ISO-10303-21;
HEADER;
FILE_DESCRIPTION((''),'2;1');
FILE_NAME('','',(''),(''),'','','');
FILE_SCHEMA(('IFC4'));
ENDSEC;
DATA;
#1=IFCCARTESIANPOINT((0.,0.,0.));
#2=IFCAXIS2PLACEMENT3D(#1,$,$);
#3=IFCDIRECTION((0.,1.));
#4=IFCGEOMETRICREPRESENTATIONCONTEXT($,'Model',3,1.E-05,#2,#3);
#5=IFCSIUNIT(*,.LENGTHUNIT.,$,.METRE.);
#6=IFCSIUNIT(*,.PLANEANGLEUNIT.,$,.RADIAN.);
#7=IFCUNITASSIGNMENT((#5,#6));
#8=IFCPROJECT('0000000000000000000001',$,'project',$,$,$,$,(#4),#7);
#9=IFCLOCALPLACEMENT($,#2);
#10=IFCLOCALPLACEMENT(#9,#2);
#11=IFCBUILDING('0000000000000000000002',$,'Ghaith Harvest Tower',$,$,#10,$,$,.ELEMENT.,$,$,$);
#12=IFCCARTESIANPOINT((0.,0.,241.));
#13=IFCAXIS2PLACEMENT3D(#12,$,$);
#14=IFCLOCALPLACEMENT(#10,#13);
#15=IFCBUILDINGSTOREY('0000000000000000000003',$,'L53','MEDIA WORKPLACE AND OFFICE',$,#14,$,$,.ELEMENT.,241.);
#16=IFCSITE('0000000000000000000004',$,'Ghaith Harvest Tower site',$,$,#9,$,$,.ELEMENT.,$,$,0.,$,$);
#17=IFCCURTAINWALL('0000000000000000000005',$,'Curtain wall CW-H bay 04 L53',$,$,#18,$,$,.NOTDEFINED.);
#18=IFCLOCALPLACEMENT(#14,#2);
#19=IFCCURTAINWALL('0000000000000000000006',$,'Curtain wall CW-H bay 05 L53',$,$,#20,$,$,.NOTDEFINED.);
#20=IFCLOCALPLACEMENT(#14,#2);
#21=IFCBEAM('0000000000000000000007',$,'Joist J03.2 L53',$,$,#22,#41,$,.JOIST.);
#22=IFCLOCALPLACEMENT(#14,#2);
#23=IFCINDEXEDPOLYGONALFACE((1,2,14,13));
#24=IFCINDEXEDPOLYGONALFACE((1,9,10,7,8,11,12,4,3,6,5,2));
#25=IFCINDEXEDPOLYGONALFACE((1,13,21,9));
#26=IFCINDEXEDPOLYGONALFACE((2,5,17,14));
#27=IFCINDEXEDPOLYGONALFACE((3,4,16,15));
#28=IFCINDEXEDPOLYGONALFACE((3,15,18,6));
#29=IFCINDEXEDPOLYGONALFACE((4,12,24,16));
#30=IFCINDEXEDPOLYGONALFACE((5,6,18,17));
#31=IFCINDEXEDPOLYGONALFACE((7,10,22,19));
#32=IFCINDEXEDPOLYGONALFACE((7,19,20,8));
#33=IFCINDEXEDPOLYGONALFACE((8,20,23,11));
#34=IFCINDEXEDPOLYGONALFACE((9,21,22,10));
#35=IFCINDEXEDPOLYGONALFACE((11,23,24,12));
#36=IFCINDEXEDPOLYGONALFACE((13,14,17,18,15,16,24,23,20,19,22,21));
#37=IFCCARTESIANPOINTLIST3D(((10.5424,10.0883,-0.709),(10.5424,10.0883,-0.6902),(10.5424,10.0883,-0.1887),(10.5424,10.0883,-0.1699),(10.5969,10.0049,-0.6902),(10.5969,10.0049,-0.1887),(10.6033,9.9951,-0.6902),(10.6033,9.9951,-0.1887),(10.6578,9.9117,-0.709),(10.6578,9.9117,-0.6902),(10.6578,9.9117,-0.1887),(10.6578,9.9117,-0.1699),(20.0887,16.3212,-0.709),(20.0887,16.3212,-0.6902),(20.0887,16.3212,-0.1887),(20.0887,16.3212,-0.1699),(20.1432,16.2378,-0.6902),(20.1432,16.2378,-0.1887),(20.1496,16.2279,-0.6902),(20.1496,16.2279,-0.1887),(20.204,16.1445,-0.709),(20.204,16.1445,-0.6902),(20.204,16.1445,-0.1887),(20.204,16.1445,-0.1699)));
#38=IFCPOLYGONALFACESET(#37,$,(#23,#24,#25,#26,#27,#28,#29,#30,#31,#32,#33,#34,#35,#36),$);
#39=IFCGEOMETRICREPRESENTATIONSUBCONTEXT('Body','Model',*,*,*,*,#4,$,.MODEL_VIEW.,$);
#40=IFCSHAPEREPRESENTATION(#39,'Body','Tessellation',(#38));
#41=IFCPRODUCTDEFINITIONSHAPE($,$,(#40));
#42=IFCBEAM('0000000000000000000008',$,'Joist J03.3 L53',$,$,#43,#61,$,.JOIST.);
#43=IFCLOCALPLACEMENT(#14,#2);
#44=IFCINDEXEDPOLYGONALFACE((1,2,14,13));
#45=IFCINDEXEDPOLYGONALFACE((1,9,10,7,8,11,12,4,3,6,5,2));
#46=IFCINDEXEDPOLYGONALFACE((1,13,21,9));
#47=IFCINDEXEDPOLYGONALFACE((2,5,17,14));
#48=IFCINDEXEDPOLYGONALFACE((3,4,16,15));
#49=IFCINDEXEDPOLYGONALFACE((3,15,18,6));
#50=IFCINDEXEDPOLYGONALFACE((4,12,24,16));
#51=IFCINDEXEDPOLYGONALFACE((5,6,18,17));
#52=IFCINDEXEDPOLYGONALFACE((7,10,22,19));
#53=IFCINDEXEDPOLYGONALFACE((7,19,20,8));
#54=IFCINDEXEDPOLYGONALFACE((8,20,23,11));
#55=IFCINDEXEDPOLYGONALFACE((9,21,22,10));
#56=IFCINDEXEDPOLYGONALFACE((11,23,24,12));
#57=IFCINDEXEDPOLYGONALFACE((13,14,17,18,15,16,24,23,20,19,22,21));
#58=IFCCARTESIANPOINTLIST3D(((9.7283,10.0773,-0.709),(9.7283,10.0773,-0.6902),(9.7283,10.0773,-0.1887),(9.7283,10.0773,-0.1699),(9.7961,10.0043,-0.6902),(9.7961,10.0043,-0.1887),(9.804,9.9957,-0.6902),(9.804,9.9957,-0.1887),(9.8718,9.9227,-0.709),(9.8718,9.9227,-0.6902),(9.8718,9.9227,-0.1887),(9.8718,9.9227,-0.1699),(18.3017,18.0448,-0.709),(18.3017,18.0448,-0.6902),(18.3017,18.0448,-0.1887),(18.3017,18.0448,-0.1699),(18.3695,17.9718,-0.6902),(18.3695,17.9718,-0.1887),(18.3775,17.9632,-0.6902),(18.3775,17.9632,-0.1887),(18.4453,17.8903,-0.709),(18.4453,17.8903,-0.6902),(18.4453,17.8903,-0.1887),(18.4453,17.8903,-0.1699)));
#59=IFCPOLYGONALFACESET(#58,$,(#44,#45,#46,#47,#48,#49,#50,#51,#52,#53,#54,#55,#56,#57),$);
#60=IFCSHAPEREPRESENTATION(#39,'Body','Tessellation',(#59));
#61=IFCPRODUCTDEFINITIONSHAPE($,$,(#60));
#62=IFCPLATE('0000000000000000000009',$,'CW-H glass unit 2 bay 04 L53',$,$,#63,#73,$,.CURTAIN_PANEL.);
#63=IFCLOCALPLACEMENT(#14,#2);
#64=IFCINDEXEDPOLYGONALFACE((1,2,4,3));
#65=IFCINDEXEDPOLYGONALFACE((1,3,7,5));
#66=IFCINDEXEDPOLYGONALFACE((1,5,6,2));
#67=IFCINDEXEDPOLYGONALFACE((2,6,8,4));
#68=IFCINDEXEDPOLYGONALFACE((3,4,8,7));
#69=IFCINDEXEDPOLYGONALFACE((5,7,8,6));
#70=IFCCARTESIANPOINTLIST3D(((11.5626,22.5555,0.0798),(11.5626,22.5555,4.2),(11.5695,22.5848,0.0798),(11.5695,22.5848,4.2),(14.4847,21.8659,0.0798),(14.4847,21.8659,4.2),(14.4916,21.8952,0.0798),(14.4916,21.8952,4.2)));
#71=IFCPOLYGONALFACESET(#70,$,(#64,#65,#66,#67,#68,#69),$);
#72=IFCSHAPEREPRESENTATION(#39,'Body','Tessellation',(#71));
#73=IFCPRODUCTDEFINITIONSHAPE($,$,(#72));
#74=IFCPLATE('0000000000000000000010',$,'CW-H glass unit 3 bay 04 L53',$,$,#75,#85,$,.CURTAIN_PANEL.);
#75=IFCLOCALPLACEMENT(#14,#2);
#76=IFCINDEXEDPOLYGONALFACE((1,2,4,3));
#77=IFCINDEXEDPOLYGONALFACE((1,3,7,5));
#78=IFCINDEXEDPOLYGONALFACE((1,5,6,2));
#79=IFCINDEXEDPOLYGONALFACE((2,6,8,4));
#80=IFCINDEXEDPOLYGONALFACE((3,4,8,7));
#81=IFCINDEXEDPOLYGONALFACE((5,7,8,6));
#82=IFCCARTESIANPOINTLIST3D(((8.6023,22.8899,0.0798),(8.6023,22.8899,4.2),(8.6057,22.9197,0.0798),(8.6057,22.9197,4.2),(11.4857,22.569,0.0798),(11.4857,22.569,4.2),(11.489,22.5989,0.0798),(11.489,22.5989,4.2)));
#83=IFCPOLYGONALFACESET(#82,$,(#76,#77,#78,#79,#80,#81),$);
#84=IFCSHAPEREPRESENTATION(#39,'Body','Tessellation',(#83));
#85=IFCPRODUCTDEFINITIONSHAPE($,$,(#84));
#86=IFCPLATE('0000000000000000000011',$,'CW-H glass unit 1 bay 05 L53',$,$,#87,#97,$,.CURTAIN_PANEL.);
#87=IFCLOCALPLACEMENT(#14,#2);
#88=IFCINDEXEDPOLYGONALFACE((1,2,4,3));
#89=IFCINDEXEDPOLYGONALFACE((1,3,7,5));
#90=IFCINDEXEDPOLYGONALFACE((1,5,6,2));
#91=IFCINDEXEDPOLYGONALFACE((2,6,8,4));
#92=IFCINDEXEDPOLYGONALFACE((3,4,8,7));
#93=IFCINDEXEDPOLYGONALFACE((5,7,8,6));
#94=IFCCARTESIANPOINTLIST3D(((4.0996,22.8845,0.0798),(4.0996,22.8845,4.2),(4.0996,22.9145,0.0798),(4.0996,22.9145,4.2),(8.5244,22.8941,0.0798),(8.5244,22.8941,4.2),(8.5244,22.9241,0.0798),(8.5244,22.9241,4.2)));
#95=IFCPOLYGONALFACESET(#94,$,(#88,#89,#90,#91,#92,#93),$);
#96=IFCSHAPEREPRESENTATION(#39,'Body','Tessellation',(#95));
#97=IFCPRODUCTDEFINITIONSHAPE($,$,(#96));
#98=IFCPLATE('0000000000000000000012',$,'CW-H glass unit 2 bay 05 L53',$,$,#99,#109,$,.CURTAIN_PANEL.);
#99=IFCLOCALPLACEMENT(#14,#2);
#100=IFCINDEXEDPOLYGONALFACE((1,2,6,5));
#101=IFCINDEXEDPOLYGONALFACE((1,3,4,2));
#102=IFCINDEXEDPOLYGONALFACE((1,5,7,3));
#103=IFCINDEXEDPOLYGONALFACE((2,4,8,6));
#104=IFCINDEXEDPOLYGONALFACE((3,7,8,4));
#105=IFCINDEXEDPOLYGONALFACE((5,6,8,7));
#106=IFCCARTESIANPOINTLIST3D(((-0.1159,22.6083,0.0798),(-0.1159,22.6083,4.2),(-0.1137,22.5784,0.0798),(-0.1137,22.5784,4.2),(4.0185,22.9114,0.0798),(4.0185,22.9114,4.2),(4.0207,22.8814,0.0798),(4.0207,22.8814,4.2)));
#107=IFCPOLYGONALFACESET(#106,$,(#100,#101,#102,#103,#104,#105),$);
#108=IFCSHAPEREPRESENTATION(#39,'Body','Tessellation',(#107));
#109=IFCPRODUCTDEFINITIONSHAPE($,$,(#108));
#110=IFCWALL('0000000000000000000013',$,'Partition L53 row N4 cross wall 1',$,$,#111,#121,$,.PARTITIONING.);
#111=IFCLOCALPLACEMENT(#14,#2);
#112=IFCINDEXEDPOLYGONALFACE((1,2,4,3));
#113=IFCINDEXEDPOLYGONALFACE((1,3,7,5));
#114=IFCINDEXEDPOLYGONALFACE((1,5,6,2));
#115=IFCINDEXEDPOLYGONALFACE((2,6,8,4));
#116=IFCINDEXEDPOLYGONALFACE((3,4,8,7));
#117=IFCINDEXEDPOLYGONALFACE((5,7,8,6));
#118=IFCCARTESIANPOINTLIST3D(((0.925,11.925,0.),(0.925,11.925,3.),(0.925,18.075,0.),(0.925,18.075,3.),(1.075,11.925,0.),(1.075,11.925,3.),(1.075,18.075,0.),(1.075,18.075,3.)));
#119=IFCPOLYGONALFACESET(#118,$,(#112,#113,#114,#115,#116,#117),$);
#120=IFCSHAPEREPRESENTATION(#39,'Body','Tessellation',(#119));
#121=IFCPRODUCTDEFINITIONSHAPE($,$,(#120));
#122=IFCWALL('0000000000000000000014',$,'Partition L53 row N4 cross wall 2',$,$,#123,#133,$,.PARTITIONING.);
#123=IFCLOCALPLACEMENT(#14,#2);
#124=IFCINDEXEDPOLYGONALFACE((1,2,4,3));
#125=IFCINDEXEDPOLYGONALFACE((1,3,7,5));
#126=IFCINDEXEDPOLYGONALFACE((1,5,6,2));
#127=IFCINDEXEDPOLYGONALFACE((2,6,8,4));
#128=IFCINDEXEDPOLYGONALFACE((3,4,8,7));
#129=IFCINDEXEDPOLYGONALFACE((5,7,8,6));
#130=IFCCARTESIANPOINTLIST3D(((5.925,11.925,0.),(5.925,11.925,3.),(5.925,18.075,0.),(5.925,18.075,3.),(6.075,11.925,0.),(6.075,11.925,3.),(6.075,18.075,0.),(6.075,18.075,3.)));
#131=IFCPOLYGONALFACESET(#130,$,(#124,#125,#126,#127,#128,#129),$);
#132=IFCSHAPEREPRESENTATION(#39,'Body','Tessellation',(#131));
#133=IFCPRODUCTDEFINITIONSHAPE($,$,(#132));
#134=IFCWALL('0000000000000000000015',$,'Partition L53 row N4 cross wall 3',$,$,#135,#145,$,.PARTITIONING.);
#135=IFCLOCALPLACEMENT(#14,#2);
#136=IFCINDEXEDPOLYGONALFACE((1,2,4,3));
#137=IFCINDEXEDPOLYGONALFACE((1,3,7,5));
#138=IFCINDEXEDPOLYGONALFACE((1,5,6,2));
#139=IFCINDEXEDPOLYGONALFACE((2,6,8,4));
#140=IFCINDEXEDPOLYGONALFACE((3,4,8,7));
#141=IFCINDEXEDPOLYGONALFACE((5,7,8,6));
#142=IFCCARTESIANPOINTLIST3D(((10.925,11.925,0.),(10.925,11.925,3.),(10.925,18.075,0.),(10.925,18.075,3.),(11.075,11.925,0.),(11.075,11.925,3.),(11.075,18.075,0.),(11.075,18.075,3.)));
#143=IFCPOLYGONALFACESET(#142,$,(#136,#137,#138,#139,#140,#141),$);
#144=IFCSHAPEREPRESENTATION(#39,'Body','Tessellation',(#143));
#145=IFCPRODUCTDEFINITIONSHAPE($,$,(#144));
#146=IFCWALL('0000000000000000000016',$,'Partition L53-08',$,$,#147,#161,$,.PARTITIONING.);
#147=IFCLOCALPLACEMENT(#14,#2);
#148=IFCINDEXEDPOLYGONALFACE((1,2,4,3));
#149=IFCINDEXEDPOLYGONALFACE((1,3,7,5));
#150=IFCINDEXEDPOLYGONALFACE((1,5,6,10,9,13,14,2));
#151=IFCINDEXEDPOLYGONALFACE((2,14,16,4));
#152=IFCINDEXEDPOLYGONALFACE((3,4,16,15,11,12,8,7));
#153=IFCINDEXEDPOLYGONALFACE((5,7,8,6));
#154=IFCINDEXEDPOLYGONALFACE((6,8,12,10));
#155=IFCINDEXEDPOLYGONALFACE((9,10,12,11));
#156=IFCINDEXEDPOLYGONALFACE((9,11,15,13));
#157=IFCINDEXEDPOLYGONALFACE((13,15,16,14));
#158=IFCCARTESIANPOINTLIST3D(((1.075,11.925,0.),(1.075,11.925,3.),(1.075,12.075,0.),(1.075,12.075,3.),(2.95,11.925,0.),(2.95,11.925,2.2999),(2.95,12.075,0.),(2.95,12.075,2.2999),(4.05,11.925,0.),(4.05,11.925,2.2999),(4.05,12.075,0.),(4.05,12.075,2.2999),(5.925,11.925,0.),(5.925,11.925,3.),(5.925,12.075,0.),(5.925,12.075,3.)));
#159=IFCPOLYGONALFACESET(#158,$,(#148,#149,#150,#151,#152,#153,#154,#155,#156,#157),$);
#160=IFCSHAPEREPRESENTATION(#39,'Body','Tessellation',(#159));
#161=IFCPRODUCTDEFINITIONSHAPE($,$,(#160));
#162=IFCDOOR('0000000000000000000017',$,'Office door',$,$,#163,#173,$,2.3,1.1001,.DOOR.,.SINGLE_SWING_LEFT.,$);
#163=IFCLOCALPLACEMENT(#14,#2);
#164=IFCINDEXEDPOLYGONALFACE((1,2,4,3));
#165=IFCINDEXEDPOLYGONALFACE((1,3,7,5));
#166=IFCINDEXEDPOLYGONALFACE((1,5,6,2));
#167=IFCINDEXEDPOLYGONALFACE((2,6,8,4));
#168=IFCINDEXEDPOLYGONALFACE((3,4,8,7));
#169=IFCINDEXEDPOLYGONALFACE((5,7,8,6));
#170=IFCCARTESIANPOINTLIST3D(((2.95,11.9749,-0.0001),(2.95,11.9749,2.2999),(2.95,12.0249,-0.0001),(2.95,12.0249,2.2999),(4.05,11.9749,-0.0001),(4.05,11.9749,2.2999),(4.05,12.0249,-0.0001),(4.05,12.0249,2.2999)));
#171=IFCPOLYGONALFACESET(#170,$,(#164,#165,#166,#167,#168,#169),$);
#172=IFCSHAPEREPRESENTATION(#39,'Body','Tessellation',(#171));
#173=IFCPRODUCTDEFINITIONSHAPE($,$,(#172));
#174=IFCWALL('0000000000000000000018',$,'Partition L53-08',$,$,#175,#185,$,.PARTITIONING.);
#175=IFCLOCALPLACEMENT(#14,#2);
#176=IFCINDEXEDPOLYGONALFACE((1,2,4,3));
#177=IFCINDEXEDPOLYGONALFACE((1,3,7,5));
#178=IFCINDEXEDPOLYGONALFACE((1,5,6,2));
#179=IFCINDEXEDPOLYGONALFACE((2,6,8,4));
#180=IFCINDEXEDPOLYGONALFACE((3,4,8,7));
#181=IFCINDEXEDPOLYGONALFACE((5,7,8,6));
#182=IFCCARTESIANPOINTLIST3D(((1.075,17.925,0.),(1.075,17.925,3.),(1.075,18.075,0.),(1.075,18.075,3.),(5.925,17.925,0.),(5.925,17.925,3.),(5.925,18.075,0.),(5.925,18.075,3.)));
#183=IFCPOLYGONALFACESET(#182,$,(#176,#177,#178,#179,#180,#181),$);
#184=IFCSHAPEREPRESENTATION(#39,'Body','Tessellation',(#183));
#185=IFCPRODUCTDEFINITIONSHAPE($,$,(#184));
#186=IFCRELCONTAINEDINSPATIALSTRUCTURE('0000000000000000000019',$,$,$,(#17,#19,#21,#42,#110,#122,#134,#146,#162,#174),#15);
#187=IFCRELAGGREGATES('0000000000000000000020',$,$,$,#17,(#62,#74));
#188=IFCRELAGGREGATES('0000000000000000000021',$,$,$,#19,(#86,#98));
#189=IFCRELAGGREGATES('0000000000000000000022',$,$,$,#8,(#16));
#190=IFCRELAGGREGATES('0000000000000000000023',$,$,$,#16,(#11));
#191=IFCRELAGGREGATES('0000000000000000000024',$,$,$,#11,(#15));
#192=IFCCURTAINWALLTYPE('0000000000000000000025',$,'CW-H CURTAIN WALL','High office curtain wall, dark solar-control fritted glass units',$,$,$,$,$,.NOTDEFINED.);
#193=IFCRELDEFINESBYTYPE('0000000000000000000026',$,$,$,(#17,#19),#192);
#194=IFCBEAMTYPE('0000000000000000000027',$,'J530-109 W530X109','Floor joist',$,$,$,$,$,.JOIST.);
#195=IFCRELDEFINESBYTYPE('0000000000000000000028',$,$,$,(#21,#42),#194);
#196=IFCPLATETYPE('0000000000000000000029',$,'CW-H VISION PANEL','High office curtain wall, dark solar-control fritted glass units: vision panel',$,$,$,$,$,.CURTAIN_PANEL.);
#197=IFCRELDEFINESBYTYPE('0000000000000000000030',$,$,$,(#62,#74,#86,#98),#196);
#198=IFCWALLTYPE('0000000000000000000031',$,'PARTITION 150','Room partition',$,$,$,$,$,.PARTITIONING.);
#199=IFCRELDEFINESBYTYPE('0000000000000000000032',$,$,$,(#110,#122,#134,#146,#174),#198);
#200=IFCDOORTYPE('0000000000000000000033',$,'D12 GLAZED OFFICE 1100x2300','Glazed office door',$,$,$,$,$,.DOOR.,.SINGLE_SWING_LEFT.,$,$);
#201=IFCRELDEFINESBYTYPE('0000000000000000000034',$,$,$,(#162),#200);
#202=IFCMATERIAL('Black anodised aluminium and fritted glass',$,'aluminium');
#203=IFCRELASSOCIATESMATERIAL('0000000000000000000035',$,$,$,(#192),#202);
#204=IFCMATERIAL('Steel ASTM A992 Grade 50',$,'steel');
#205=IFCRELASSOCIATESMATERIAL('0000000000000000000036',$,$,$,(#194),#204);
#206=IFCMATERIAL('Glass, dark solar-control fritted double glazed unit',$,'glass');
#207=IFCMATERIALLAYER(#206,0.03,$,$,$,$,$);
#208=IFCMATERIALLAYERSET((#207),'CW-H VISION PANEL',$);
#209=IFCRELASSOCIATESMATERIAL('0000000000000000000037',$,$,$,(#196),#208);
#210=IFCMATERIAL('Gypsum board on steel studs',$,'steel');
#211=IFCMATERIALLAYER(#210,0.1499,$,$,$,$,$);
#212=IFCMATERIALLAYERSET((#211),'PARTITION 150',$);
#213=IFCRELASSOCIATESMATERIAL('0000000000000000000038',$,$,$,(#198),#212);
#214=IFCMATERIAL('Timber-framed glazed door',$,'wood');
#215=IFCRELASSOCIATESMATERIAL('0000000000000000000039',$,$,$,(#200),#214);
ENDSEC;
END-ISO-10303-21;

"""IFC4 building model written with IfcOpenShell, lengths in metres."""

from ifc_helpers import new_model, si_unit, direction, frame, frame_2d, origin, origin_2d, place, context, subcontext, project, spatial, rectangle, i_section, extrude, material, layer, layer_set, material_profile, profile_set, type_object, element, fill, aggregate, save


model = new_model("IFC4")

# Units and contexts
model_context = context("Model", 3, precision=1e-05, world=origin(), true_north=direction((0.0, 1.0)))
body_context = subcontext(model_context, "Body", "Model", "MODEL_VIEW")
ifc_project = project(units=[si_unit("LENGTHUNIT", "METRE"), si_unit("PLANEANGLEUNIT", "RADIAN")], contexts=[model_context])

# Site, building, storey
site_placement = place(None, origin())
site = spatial("IfcSite", under=ifc_project, at=site_placement, Name="Ghaith Harvest Tower site", CompositionType="ELEMENT", RefElevation=0.0)
building_placement = place(site_placement, origin())
building = spatial("IfcBuilding", under=site, at=building_placement, Name="Ghaith Harvest Tower", CompositionType="ELEMENT")
storey_placement = place(building_placement, frame((0.0, 0.0, 241.0)))
storey = spatial("IfcBuildingStorey", under=building, at=storey_placement, Name="L53", Description="MEDIA WORKPLACE AND OFFICE", CompositionType="ELEMENT", Elevation=241.0)

# Curtain wall
ifc_material_1 = material(Name="Black anodised aluminium and fritted glass", Category="aluminium")
curtain_wall_type = type_object("IfcCurtainWallType", Name="CW-H CURTAIN WALL", Description="High office curtain wall, dark solar-control fritted glass units", PredefinedType="NOTDEFINED", material=ifc_material_1)
curtain_wall_1_placement = place(storey_placement, origin())
curtain_wall_1 = element("IfcCurtainWall", 1, at=curtain_wall_1_placement, inside=storey, type_object=curtain_wall_type, Name="Curtain wall CW-H bay 04 L53", PredefinedType="NOTDEFINED")

# Curtain wall
curtain_wall_2_placement = place(storey_placement, origin())
curtain_wall_2 = element("IfcCurtainWall", 2, at=curtain_wall_2_placement, inside=storey, type_object=curtain_wall_type, Name="Curtain wall CW-H bay 05 L53", PredefinedType="NOTDEFINED")

# Beams
ifc_material_2 = material(Name="Steel ASTM A992 Grade 50", Category="steel")
ifc_material_profile_1 = material_profile(ifc_material_2, i_section(OverallWidth=0.2109, OverallDepth=0.5391, WebThickness=0.0117, FlangeThickness=0.0188, at=origin_2d()), Name="W530X109")
ifc_profile_set_1 = profile_set([ifc_material_profile_1], Name="Steel ASTM A992 Grade 50")
beam_type_1 = type_object("IfcBeamType", Name="J530-109 W530X109", Description="Floor joist", PredefinedType="JOIST", material=ifc_profile_set_1)
beam_1_placement = place(storey_placement, frame((10.6001, 10.0, -0.4395), z_axis=(0.837329, 0.546699, 0.0), x_axis=(-0.546699, 0.837329, 0.0)))
element("IfcBeam", 3, at=beam_1_placement, inside=storey, type_object=beam_type_1, Name="Joist J03.2 L53", PredefinedType="JOIST", context=body_context, shape_type="SweptSolid", body=[
    extrude(i_section(OverallWidth=0.2109, OverallDepth=0.5391, WebThickness=0.0117, FlangeThickness=0.0188, at=origin_2d()), origin(), (0.0, 0.0, 1.0), 11.4009),
])
beam_2_placement = place(storey_placement, frame((9.8, 10.0, -0.4395), z_axis=(0.732519, 0.680746, 0.0), x_axis=(-0.680746, 0.732519, 0.0)))
element("IfcBeam", 4, at=beam_2_placement, inside=storey, type_object=beam_type_1, Name="Joist J03.3 L53", PredefinedType="JOIST", context=body_context, shape_type="SweptSolid", body=[
    extrude(i_section(OverallWidth=0.2109, OverallDepth=0.5391, WebThickness=0.0117, FlangeThickness=0.0188, at=origin_2d()), origin(), (0.0, 0.0, 1.0), 11.7041),
])

# Plates
ifc_material_3 = material(Name="Glass, dark solar-control fritted double glazed unit", Category="glass")
ifc_layer_1 = layer(ifc_material_3, 0.03)
ifc_layer_set_1 = layer_set([ifc_layer_1], Name="CW-H VISION PANEL")
plate_type = type_object("IfcPlateType", Name="CW-H VISION PANEL", Description="High office curtain wall, dark solar-control fritted glass units: vision panel", PredefinedType="CURTAIN_PANEL", material=ifc_layer_set_1)
plate_1_placement = place(storey_placement, frame((13.0271, 22.2253, 0.0798), z_axis=(0.0, 0.0, 1.0), x_axis=(-0.973266, 0.22968, 0.0)))
plate_1 = element("IfcPlate", 5, at=plate_1_placement, type_object=plate_type, Name="CW-H glass unit 2 bay 04 L53", PredefinedType="CURTAIN_PANEL", context=body_context, shape_type="SweptSolid", body=[
    extrude(rectangle(XDim=3.0024, YDim=0.03, at=origin_2d()), origin(), (0.0, 0.0, 1.0), 4.1201),
])
plate_2_placement = place(storey_placement, frame((10.0457, 22.7444, 0.0798), z_axis=(0.0, 0.0, 1.0), x_axis=(-0.993865, 0.110598, 0.0)))
plate_2 = element("IfcPlate", 6, at=plate_2_placement, type_object=plate_type, Name="CW-H glass unit 3 bay 04 L53", PredefinedType="CURTAIN_PANEL", context=body_context, shape_type="SweptSolid", body=[
    extrude(rectangle(XDim=2.9011, YDim=0.03, at=origin_2d()), origin(), (0.0, 0.0, 1.0), 4.1201),
])
aggregate(curtain_wall_1, [plate_1, plate_2])
plate_3_placement = place(storey_placement, frame((6.312, 22.9043, 0.0798), z_axis=(0.0, 0.0, 1.0), x_axis=(-0.999998, -0.002171, 0.0)))
plate_3 = element("IfcPlate", 7, at=plate_3_placement, type_object=plate_type, Name="CW-H glass unit 1 bay 05 L53", PredefinedType="CURTAIN_PANEL", context=body_context, shape_type="SweptSolid", body=[
    extrude(rectangle(XDim=4.4248, YDim=0.03, at=origin_2d()), origin(), (0.0, 0.0, 1.0), 4.1201),
])
plate_4_placement = place(storey_placement, frame((1.9524, 22.7449, 0.0798), z_axis=(0.0, 0.0, 1.0), x_axis=(-0.997325, -0.073101, 0.0)))
plate_4 = element("IfcPlate", 8, at=plate_4_placement, type_object=plate_type, Name="CW-H glass unit 2 bay 05 L53", PredefinedType="CURTAIN_PANEL", context=body_context, shape_type="SweptSolid", body=[
    extrude(rectangle(XDim=4.1455, YDim=0.03, at=origin_2d()), origin(), (0.0, 0.0, 1.0), 4.1201),
])
aggregate(curtain_wall_2, [plate_3, plate_4])

# Walls
ifc_material_4 = material(Name="Gypsum board on steel studs", Category="steel")
ifc_layer_2 = layer(ifc_material_4, 0.1499)
ifc_layer_set_2 = layer_set([ifc_layer_2], Name="PARTITION 150")
wall_type = type_object("IfcWallType", Name="PARTITION 150", Description="Room partition", PredefinedType="PARTITIONING", material=ifc_layer_set_2)
for number, where, z_axis, x_axis, name in (
    (9, (1.0, 11.925, 0.0), (0.0, 0.0, 1.0), (0.0, 1.0, 0.0), "Partition L53 row N4 cross wall 1"),
    (10, (6.0, 11.925, 0.0), (0.0, 0.0, 1.0), (0.0, 1.0, 0.0), "Partition L53 row N4 cross wall 2"),
    (11, (11.0, 11.925, 0.0), (0.0, 0.0, 1.0), (0.0, 1.0, 0.0), "Partition L53 row N4 cross wall 3"),
):
    element("IfcWall", number, at=place(storey_placement, frame(where, z_axis=z_axis, x_axis=x_axis)), inside=storey, type_object=wall_type, Name=name, PredefinedType="PARTITIONING", context=body_context, shape_type="SweptSolid", body=[
        extrude(rectangle(XDim=6.1499, YDim=0.1499, at=frame_2d((3.075, 0.0))), origin(), (0.0, 0.0, 1.0), 3.0),
    ])

# Wall, opening, door
wall_1_placement = place(storey_placement, frame((1.075, 12.0, 0.0), z_axis=(0.0, 0.0, 1.0), x_axis=(1.0, 0.0, 0.0)))
wall_1 = element("IfcWall", 12, at=wall_1_placement, inside=storey, type_object=wall_type, Name="Partition L53-08", PredefinedType="PARTITIONING", context=body_context, shape_type="SweptSolid", body=[
    extrude(rectangle(XDim=4.8501, YDim=0.1499, at=frame_2d((2.425, 0.0))), origin(), (0.0, 0.0, 1.0), 3.0),
])
opening_1_placement = place(wall_1_placement, frame((1.875, 0.0, 0.0)))
opening_1 = element("IfcOpeningElement", 13, at=opening_1_placement, cuts=wall_1, PredefinedType="OPENING", context=body_context, shape_type="SweptSolid", body=[
    extrude(rectangle(XDim=1.1001, YDim=2.3, at=frame_2d((0.55, 1.1499))), frame((0.0, 0.085, 0.0), z_axis=(0.0, -1.0, 0.0), x_axis=(1.0, 0.0, 0.0)), (0.0, 0.0, 1.0), 0.1699),
])
ifc_material_5 = material(Name="Timber-framed glazed door", Category="wood")
door_type = type_object("IfcDoorType", Name="D12 GLAZED OFFICE 1100x2300", Description="Glazed office door", OperationType="SINGLE_SWING_LEFT", PredefinedType="DOOR", material=ifc_material_5)
door_1_placement = place(opening_1_placement, origin())
door_1 = element("IfcDoor", 14, at=door_1_placement, inside=storey, type_object=door_type, Name="Office door", OperationType="SINGLE_SWING_LEFT", OverallHeight=2.3, OverallWidth=1.1001, PredefinedType="DOOR", context=body_context, shape_type="SweptSolid", body=[
    extrude(rectangle(XDim=1.1001, YDim=2.3, at=frame_2d((0.55, 1.1499))), frame((0.0, 0.0249, 0.0), z_axis=(0.0, -1.0, 0.0), x_axis=(1.0, 0.0, 0.0)), (0.0, 0.0, 1.0), 0.05),
])
fill(opening_1, door_1)

# Wall
wall_2_placement = place(storey_placement, frame((1.075, 18.0, 0.0), z_axis=(0.0, 0.0, 1.0), x_axis=(1.0, 0.0, 0.0)))
element("IfcWall", 15, at=wall_2_placement, inside=storey, type_object=wall_type, Name="Partition L53-08", PredefinedType="PARTITIONING", context=body_context, shape_type="SweptSolid", body=[
    extrude(rectangle(XDim=4.8501, YDim=0.1499, at=frame_2d((2.425, 0.0))), origin(), (0.0, 0.0, 1.0), 3.0),
])

save(model, "model.ifc")
